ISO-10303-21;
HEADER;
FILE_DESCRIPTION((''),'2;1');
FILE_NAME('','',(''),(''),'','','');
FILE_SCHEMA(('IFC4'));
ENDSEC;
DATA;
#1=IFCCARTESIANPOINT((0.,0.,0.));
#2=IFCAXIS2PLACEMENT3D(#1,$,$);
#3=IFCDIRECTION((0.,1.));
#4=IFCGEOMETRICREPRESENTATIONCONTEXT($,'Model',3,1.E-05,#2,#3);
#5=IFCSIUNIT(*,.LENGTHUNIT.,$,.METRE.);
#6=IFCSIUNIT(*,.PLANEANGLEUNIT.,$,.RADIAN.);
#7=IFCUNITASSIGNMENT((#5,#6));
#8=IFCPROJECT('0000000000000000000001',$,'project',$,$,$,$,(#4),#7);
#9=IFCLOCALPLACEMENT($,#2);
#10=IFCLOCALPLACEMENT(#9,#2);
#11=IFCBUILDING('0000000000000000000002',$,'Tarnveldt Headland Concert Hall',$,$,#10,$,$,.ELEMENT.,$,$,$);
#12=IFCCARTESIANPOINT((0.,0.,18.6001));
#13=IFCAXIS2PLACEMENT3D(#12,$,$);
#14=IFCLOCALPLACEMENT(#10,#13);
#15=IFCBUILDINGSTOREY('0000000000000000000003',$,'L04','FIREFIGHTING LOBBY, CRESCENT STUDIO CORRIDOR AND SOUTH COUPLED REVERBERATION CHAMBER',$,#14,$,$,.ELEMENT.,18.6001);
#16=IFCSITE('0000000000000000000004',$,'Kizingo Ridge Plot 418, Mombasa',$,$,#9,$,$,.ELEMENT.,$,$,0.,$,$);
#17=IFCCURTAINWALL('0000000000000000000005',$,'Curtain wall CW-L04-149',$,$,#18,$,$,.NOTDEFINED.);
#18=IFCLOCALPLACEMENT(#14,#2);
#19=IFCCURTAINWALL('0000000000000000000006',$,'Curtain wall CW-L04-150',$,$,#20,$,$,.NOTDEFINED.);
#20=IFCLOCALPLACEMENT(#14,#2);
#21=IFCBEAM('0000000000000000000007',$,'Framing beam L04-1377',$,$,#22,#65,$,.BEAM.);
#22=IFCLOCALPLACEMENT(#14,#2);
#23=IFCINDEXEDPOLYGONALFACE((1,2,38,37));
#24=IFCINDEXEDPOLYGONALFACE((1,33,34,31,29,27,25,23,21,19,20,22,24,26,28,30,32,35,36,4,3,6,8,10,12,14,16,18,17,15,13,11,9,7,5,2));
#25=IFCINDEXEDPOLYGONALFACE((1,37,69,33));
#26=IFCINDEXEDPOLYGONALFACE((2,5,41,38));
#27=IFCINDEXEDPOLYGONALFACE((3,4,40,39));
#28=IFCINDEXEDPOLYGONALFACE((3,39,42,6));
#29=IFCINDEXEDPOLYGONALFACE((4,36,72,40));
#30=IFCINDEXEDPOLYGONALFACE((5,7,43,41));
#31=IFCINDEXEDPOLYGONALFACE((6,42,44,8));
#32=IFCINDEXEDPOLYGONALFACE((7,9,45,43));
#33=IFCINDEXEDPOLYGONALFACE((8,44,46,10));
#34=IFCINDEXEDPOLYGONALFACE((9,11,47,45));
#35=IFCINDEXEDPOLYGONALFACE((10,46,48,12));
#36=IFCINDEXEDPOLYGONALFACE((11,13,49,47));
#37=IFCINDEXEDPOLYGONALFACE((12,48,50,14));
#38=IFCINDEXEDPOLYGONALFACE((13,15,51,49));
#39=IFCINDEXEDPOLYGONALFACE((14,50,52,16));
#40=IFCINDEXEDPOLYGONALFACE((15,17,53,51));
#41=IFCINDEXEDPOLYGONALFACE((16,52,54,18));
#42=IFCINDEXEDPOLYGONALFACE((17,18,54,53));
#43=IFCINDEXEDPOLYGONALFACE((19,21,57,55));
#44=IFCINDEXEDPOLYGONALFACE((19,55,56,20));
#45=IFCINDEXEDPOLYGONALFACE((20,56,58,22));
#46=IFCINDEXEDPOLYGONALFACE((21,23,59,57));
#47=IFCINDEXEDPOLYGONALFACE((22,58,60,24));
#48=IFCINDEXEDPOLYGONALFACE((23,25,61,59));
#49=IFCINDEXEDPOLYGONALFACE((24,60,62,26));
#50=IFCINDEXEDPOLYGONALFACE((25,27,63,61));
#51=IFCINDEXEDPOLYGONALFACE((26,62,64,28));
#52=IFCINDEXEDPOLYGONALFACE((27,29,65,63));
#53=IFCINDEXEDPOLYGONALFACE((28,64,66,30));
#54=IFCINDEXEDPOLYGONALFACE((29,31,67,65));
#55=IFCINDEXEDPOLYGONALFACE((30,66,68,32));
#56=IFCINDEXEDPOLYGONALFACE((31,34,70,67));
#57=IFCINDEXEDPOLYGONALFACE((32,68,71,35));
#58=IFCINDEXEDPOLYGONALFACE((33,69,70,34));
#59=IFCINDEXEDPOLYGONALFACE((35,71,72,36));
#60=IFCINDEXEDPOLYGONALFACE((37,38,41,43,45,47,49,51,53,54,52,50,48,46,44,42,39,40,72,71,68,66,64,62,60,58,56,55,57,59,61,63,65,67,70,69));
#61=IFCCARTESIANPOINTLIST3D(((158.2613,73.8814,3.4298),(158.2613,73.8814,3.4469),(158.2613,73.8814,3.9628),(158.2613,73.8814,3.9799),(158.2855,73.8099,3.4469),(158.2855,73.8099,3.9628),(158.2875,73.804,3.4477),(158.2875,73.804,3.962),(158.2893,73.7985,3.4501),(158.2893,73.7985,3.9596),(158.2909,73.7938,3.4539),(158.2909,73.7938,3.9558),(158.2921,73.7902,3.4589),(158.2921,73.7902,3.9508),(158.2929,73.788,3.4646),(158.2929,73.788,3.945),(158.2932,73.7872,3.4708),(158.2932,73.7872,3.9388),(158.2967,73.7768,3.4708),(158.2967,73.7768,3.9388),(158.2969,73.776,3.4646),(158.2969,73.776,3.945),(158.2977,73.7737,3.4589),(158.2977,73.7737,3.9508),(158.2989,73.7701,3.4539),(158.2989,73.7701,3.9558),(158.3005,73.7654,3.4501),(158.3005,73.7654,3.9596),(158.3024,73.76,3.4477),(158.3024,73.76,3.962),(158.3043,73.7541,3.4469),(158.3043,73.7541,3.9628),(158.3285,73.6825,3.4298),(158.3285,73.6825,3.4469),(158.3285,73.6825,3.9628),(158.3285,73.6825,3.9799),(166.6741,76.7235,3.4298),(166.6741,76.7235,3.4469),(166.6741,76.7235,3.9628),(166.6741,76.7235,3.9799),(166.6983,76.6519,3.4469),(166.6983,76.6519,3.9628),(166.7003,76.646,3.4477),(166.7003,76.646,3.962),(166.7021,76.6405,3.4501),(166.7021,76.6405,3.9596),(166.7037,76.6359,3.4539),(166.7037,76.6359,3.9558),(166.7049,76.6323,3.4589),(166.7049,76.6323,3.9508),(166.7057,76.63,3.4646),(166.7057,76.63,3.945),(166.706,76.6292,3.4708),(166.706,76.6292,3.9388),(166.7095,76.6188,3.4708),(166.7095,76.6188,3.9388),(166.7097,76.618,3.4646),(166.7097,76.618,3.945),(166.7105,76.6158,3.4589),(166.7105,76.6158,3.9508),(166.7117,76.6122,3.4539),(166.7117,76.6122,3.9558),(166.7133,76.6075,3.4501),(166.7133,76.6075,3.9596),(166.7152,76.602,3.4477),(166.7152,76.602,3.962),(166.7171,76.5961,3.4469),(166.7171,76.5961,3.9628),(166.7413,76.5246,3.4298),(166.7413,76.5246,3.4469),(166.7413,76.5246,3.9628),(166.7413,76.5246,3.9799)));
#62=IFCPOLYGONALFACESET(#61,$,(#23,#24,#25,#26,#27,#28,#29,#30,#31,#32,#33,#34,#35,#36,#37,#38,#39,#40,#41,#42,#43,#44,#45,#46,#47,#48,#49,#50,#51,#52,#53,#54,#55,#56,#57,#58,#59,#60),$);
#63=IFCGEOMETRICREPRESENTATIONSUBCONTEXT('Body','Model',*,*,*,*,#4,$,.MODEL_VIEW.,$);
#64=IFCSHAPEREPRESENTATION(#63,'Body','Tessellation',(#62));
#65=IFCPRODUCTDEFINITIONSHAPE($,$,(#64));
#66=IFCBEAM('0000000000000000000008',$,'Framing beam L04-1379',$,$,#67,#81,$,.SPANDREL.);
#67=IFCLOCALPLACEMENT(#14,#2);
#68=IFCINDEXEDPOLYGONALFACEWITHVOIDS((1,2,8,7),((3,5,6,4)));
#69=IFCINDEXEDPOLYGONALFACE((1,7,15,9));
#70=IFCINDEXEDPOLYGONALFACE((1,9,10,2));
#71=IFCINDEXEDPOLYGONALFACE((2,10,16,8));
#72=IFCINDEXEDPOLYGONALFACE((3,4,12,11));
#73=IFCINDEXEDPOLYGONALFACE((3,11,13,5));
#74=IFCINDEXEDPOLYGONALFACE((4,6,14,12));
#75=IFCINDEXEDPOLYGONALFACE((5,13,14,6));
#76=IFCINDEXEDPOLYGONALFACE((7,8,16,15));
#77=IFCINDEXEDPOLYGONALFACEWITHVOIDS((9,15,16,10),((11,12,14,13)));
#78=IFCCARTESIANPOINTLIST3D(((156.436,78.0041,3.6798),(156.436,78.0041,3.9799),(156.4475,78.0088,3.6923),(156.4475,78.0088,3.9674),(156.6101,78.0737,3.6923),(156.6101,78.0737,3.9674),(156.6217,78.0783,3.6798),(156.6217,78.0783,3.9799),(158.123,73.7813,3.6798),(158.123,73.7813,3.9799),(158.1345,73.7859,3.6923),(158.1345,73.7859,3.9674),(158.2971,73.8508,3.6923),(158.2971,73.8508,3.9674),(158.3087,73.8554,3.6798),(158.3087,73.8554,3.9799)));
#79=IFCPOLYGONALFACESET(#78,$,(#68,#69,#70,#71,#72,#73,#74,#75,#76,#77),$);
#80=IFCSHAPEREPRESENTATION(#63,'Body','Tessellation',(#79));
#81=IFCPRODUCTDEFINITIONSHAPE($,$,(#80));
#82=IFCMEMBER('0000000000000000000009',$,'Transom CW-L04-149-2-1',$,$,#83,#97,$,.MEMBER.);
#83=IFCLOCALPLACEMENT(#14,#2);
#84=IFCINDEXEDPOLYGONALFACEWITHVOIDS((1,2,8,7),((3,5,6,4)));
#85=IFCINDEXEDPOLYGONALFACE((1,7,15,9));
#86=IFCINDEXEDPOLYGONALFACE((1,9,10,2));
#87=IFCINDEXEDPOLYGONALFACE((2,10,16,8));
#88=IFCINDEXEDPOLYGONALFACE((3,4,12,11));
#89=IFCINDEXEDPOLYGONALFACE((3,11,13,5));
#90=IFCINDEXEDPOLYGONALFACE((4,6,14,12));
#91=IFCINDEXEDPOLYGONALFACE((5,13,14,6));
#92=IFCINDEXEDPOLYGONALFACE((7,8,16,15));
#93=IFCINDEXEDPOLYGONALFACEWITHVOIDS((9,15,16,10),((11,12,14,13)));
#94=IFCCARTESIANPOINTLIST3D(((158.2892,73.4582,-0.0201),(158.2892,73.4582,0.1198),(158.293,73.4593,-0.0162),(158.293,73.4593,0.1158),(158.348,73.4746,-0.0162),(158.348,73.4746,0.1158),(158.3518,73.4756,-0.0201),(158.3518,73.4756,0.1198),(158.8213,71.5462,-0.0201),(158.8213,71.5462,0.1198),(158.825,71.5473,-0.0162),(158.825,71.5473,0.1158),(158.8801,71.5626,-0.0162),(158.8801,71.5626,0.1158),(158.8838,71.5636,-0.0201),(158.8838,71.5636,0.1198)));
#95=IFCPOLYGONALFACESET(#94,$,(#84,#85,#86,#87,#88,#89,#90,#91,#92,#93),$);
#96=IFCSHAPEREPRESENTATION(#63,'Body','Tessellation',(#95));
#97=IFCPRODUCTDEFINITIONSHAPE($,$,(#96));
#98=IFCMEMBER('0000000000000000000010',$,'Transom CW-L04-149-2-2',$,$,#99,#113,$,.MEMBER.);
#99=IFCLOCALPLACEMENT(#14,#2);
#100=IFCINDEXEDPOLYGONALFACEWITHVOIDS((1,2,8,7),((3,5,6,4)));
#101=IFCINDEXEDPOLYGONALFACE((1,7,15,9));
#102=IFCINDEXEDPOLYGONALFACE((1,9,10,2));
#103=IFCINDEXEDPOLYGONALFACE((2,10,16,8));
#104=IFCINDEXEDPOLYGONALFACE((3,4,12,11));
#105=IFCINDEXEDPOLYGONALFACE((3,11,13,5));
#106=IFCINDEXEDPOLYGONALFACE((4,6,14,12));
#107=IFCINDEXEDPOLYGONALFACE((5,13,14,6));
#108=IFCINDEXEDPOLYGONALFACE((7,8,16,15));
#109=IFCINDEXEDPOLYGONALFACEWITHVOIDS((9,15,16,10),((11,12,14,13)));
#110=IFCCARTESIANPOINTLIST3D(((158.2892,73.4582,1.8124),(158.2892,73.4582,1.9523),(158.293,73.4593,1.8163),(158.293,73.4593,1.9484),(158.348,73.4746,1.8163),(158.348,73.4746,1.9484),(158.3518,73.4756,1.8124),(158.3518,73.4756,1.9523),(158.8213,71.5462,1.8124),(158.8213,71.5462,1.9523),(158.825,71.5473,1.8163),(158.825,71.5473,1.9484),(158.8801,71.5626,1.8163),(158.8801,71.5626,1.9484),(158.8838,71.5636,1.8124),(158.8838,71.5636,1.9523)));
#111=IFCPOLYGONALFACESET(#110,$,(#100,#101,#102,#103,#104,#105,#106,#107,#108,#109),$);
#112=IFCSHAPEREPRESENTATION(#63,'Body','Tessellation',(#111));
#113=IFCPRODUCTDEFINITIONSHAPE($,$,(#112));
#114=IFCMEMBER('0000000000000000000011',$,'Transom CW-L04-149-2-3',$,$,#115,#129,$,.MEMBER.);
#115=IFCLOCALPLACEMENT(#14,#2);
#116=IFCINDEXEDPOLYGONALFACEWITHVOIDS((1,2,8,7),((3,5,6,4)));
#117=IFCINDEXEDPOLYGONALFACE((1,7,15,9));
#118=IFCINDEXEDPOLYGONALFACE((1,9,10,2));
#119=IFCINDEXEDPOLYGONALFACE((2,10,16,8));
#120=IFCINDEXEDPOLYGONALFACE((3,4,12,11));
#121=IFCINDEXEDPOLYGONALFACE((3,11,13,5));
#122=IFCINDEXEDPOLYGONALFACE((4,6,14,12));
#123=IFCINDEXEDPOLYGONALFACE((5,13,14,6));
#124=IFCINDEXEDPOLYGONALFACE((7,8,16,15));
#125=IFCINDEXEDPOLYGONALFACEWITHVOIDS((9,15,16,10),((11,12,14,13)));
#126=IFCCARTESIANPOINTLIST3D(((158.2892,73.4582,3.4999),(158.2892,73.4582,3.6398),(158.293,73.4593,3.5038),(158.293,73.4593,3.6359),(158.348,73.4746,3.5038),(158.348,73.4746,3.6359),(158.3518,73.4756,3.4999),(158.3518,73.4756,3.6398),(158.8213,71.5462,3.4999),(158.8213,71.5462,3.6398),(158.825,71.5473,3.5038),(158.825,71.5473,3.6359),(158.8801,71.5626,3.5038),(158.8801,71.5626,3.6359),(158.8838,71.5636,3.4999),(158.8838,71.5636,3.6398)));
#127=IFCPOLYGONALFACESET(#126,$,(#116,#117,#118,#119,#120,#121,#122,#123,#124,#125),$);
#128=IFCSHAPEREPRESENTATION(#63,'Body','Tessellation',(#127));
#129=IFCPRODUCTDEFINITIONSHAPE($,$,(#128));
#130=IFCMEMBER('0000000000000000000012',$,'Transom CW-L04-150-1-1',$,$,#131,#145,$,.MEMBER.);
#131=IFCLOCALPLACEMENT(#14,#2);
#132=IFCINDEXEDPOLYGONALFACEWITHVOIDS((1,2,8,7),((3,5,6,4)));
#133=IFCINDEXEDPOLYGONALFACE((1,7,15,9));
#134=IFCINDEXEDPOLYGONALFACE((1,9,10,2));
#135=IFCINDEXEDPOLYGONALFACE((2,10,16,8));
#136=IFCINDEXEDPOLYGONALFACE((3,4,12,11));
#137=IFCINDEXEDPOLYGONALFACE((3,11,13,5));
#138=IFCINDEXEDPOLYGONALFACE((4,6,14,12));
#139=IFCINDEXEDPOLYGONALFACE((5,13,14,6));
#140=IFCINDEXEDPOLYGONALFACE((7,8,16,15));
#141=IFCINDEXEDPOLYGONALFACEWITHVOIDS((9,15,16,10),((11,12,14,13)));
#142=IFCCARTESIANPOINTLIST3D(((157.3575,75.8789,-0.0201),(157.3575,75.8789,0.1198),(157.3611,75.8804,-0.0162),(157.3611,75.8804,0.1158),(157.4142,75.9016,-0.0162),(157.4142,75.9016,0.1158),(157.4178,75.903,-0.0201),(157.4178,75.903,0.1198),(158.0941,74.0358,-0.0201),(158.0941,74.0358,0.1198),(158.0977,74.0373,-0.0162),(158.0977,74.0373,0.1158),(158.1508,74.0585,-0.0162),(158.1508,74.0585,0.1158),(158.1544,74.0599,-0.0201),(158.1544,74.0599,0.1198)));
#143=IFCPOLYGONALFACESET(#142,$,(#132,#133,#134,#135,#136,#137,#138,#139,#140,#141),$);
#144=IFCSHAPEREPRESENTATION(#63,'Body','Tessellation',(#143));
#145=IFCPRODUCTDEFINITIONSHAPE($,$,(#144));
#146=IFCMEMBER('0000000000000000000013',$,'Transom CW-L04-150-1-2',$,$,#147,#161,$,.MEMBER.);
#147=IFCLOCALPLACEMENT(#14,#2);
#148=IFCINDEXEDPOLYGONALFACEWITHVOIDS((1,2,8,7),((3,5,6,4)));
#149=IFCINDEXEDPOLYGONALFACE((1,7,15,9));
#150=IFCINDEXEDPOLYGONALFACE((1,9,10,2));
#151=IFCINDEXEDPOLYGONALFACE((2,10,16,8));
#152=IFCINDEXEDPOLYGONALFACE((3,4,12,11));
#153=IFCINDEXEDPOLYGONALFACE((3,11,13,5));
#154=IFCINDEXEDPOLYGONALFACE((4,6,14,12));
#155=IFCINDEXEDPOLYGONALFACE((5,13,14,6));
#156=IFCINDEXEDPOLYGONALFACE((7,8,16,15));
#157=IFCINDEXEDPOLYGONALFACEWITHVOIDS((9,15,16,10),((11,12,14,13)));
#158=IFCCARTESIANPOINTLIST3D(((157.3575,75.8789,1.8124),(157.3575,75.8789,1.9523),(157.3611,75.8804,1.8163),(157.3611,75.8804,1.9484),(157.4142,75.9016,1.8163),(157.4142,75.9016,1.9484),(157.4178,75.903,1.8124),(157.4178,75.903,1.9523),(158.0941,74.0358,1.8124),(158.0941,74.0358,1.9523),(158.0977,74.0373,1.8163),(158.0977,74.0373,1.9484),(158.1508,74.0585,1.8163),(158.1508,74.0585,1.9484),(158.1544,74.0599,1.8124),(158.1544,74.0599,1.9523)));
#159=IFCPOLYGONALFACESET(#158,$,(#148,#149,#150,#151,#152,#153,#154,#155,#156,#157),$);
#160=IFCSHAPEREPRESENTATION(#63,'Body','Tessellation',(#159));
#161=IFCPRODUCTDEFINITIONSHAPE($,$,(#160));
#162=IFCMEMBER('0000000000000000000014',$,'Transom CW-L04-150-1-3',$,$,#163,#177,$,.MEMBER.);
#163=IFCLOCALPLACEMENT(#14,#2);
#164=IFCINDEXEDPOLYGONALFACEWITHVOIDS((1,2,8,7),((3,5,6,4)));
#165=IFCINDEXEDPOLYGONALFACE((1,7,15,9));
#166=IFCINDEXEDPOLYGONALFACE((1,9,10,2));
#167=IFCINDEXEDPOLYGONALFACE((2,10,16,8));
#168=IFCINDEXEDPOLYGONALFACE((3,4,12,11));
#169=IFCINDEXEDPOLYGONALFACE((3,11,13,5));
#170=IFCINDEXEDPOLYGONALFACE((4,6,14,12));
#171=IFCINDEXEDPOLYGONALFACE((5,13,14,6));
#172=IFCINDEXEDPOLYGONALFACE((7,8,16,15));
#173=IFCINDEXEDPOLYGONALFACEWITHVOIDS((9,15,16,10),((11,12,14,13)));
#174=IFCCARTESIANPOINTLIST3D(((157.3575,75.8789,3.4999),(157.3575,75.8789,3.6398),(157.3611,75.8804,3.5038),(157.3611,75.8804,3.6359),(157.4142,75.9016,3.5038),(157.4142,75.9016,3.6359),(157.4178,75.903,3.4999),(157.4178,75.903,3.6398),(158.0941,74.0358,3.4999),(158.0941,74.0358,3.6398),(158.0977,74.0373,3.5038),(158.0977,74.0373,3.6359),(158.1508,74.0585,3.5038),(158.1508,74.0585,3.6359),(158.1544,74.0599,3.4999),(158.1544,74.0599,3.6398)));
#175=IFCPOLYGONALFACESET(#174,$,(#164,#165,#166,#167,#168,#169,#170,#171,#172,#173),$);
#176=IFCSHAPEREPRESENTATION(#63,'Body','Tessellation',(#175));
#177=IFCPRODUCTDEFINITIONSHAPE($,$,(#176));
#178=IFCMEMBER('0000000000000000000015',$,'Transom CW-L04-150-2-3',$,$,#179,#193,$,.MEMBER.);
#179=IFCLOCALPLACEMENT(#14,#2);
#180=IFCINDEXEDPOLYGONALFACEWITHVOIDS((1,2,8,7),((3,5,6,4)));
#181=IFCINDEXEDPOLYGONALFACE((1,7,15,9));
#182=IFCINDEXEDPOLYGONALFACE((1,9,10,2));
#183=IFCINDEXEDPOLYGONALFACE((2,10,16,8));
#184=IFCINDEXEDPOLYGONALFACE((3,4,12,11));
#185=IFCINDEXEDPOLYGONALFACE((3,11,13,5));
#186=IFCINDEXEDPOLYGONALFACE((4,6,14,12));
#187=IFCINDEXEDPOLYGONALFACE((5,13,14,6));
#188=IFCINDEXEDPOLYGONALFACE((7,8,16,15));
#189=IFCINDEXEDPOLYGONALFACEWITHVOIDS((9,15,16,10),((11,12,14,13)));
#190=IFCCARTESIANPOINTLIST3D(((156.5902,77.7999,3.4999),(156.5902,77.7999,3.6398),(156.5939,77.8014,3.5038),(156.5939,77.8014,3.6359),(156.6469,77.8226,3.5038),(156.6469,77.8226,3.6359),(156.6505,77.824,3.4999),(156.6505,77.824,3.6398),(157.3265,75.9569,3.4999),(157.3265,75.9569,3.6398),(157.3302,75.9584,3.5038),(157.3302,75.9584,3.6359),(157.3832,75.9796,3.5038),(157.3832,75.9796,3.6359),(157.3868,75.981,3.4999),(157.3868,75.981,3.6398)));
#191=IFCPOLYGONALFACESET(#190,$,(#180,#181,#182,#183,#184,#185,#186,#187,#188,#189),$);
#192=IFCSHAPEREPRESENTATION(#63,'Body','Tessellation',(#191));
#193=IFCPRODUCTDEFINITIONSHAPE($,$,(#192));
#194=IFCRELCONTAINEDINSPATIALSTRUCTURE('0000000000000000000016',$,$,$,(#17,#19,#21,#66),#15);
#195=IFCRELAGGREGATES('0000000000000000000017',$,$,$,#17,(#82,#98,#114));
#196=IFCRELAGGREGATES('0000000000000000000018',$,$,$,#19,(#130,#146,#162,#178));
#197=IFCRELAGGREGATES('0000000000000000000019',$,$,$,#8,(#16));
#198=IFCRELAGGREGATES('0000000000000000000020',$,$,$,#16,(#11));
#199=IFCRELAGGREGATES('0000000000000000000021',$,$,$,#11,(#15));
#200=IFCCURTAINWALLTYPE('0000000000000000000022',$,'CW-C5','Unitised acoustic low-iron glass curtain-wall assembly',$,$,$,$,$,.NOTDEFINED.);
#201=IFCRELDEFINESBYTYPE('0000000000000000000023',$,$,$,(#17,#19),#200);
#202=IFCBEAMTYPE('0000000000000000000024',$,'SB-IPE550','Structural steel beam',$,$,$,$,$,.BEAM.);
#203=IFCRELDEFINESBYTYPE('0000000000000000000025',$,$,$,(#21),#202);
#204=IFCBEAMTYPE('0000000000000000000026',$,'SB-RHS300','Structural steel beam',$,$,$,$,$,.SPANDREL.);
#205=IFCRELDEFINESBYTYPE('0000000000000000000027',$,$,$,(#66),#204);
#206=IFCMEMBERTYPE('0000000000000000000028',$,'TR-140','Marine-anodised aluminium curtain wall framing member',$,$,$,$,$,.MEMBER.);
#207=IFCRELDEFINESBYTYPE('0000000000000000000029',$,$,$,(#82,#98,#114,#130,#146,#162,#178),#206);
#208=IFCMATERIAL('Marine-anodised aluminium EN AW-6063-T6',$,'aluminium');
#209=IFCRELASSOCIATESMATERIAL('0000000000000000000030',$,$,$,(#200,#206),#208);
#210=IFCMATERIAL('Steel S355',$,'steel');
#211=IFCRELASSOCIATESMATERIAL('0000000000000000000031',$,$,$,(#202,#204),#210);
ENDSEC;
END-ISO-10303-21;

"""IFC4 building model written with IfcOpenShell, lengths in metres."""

from ifc_helpers import new_model, si_unit, direction, frame, origin, origin_2d, place, context, subcontext, project, spatial, hollow_rectangle, i_section, extrude, material, material_profile, profile_set, type_object, element, aggregate, save


model = new_model("IFC4")

# Units and contexts
model_context = context("Model", 3, precision=1e-05, world=origin(), true_north=direction((0.0, 1.0)))
body_context = subcontext(model_context, "Body", "Model", "MODEL_VIEW")
ifc_project = project(units=[si_unit("LENGTHUNIT", "METRE"), si_unit("PLANEANGLEUNIT", "RADIAN")], contexts=[model_context])

# Site, building, storey
site_placement = place(None, origin())
site = spatial("IfcSite", under=ifc_project, at=site_placement, Name="Kizingo Ridge Plot 418, Mombasa", CompositionType="ELEMENT", RefElevation=0.0)
building_placement = place(site_placement, origin())
building = spatial("IfcBuilding", under=site, at=building_placement, Name="Tarnveldt Headland Concert Hall", CompositionType="ELEMENT")
storey_placement = place(building_placement, frame((0.0, 0.0, 18.6001)))
storey = spatial("IfcBuildingStorey", under=building, at=storey_placement, Name="L04", Description="FIREFIGHTING LOBBY, CRESCENT STUDIO CORRIDOR AND SOUTH COUPLED REVERBERATION CHAMBER", CompositionType="ELEMENT", Elevation=18.6001)

# Shared definitions
ifc_material_1 = material(Name="Steel S355", Category="steel")

# Curtain wall
ifc_material_2 = material(Name="Marine-anodised aluminium EN AW-6063-T6", Category="aluminium")
curtain_wall_type = type_object("IfcCurtainWallType", Name="CW-C5", Description="Unitised acoustic low-iron glass curtain-wall assembly", PredefinedType="NOTDEFINED", material=ifc_material_2)
curtain_wall_1_placement = place(storey_placement, origin())
curtain_wall_1 = element("IfcCurtainWall", 1, at=curtain_wall_1_placement, inside=storey, type_object=curtain_wall_type, Name="Curtain wall CW-L04-149", PredefinedType="NOTDEFINED")

# Curtain wall
curtain_wall_2_placement = place(storey_placement, origin())
curtain_wall_2 = element("IfcCurtainWall", 2, at=curtain_wall_2_placement, inside=storey, type_object=curtain_wall_type, Name="Curtain wall CW-L04-150", PredefinedType="NOTDEFINED")

# Beams
ifc_material_profile_1 = material_profile(ifc_material_1, i_section(OverallWidth=0.21, OverallDepth=0.55, WebThickness=0.011, FlangeThickness=0.0171, FilletRadius=0.0239, at=origin_2d()), Name="IPE550", Category="steel")
ifc_profile_set_1 = profile_set([ifc_material_profile_1], Name="Steel S355")
beam_type_1 = type_object("IfcBeamType", Name="SB-IPE550", Description="Structural steel beam", PredefinedType="BEAM", material=ifc_profile_set_1)
beam_1_placement = place(storey_placement, frame((158.2949, 73.782, 3.7048), z_axis=(0.9474, 0.320052, 0.0), x_axis=(-0.320052, 0.9474, 0.0)))
element("IfcBeam", 3, at=beam_1_placement, inside=storey, type_object=beam_type_1, Name="Framing beam L04-1377", PredefinedType="BEAM", context=body_context, shape_type="SweptSolid", body=[
    extrude(i_section(OverallWidth=0.21, OverallDepth=0.55, WebThickness=0.011, FlangeThickness=0.0171, FilletRadius=0.0239, at=origin_2d()), origin(), (0.0, 0.0, 1.0), 8.8799),
])
ifc_material_profile_2 = material_profile(ifc_material_1, hollow_rectangle(XDim=0.2, YDim=0.3, WallThickness=0.0125, at=origin_2d()), Name="RHS 300x200x12.5", Category="steel")
ifc_profile_set_2 = profile_set([ifc_material_profile_2], Name="Steel S355")
beam_type_2 = type_object("IfcBeamType", Name="SB-RHS300", Description="Structural steel beam", PredefinedType="SPANDREL", material=ifc_profile_set_2)
beam_2_placement = place(storey_placement, frame((158.2158, 73.8184, 3.8298), z_axis=(-0.370983, 0.92864, 0.0), x_axis=(-0.92864, -0.370983, 0.0)))
element("IfcBeam", 4, at=beam_2_placement, inside=storey, type_object=beam_type_2, Name="Framing beam L04-1379", PredefinedType="SPANDREL", context=body_context, shape_type="SweptSolid", body=[
    extrude(hollow_rectangle(XDim=0.2, YDim=0.3, WallThickness=0.0125, at=origin_2d()), origin(), (0.0, 0.0, 1.0), 4.5474),
])

# Members
ifc_material_profile_3 = material_profile(ifc_material_2, hollow_rectangle(XDim=0.0649, YDim=0.1399, WallThickness=0.0039, at=origin_2d()), Name="ALU TRANSOM 65x140x4", Category="aluminium")
ifc_profile_set_3 = profile_set([ifc_material_profile_3], Name="Marine-anodised aluminium EN AW-6063-T6")
member_type_1 = type_object("IfcMemberType", Name="TR-140", Description="Marine-anodised aluminium curtain wall framing member", PredefinedType="MEMBER", material=ifc_profile_set_3)
member_1_placement = place(storey_placement, frame((158.8525, 71.5549, 0.0498), z_axis=(-0.268069, 0.9634, 0.0), x_axis=(-0.9634, -0.268069, 0.0)))
member_1 = element("IfcMember", 5, at=member_1_placement, type_object=member_type_1, Name="Transom CW-L04-149-2-1", PredefinedType="MEMBER", context=body_context, shape_type="SweptSolid", body=[
    extrude(hollow_rectangle(XDim=0.0649, YDim=0.1399, WallThickness=0.0039, at=origin_2d()), origin(), (0.0, 0.0, 1.0), 1.9846),
])
member_2_placement = place(storey_placement, frame((158.8525, 71.5549, 1.8823), z_axis=(-0.268069, 0.9634, 0.0), x_axis=(-0.9634, -0.268069, 0.0)))
member_2 = element("IfcMember", 6, at=member_2_placement, type_object=member_type_1, Name="Transom CW-L04-149-2-2", PredefinedType="MEMBER", context=body_context, shape_type="SweptSolid", body=[
    extrude(hollow_rectangle(XDim=0.0649, YDim=0.1399, WallThickness=0.0039, at=origin_2d()), origin(), (0.0, 0.0, 1.0), 1.9846),
])
member_3_placement = place(storey_placement, frame((158.8525, 71.5549, 3.5698), z_axis=(-0.268069, 0.9634, 0.0), x_axis=(-0.9634, -0.268069, 0.0)))
member_3 = element("IfcMember", 7, at=member_3_placement, type_object=member_type_1, Name="Transom CW-L04-149-2-3", PredefinedType="MEMBER", context=body_context, shape_type="SweptSolid", body=[
    extrude(hollow_rectangle(XDim=0.0649, YDim=0.1399, WallThickness=0.0039, at=origin_2d()), origin(), (0.0, 0.0, 1.0), 1.9846),
])
member_4_placement = place(storey_placement, frame((158.1243, 74.0479, 0.0498), z_axis=(-0.371115, 0.928587, 0.0), x_axis=(-0.928587, -0.371115, 0.0)))
member_4 = element("IfcMember", 8, at=member_4_placement, type_object=member_type_1, Name="Transom CW-L04-150-1-1", PredefinedType="MEMBER", context=body_context, shape_type="SweptSolid", body=[
    extrude(hollow_rectangle(XDim=0.0649, YDim=0.1399, WallThickness=0.0039, at=origin_2d()), origin(), (0.0, 0.0, 1.0), 1.9849),
])
member_5_placement = place(storey_placement, frame((158.1243, 74.0479, 1.8823), z_axis=(-0.371115, 0.928587, 0.0), x_axis=(-0.928587, -0.371115, 0.0)))
member_5 = element("IfcMember", 9, at=member_5_placement, type_object=member_type_1, Name="Transom CW-L04-150-1-2", PredefinedType="MEMBER", context=body_context, shape_type="SweptSolid", body=[
    extrude(hollow_rectangle(XDim=0.0649, YDim=0.1399, WallThickness=0.0039, at=origin_2d()), origin(), (0.0, 0.0, 1.0), 1.9849),
])
member_6_placement = place(storey_placement, frame((158.1243, 74.0479, 3.5698), z_axis=(-0.371115, 0.928587, 0.0), x_axis=(-0.928587, -0.371115, 0.0)))
member_6 = element("IfcMember", 10, at=member_6_placement, type_object=member_type_1, Name="Transom CW-L04-150-1-3", PredefinedType="MEMBER", context=body_context, shape_type="SweptSolid", body=[
    extrude(hollow_rectangle(XDim=0.0649, YDim=0.1399, WallThickness=0.0039, at=origin_2d()), origin(), (0.0, 0.0, 1.0), 1.9849),
])
member_7_placement = place(storey_placement, frame((157.3567, 75.969, 3.5698), z_axis=(-0.371009, 0.928629, 0.0), x_axis=(-0.928629, -0.371009, 0.0)))
member_7 = element("IfcMember", 11, at=member_7_placement, type_object=member_type_1, Name="Transom CW-L04-150-2-3", PredefinedType="MEMBER", context=body_context, shape_type="SweptSolid", body=[
    extrude(hollow_rectangle(XDim=0.0649, YDim=0.1399, WallThickness=0.0039, at=origin_2d()), origin(), (0.0, 0.0, 1.0), 1.9846),
])

aggregate(curtain_wall_1, [member_1, member_2, member_3])
aggregate(curtain_wall_2, [member_4, member_5, member_6, member_7])

save(model, "model.ifc")
